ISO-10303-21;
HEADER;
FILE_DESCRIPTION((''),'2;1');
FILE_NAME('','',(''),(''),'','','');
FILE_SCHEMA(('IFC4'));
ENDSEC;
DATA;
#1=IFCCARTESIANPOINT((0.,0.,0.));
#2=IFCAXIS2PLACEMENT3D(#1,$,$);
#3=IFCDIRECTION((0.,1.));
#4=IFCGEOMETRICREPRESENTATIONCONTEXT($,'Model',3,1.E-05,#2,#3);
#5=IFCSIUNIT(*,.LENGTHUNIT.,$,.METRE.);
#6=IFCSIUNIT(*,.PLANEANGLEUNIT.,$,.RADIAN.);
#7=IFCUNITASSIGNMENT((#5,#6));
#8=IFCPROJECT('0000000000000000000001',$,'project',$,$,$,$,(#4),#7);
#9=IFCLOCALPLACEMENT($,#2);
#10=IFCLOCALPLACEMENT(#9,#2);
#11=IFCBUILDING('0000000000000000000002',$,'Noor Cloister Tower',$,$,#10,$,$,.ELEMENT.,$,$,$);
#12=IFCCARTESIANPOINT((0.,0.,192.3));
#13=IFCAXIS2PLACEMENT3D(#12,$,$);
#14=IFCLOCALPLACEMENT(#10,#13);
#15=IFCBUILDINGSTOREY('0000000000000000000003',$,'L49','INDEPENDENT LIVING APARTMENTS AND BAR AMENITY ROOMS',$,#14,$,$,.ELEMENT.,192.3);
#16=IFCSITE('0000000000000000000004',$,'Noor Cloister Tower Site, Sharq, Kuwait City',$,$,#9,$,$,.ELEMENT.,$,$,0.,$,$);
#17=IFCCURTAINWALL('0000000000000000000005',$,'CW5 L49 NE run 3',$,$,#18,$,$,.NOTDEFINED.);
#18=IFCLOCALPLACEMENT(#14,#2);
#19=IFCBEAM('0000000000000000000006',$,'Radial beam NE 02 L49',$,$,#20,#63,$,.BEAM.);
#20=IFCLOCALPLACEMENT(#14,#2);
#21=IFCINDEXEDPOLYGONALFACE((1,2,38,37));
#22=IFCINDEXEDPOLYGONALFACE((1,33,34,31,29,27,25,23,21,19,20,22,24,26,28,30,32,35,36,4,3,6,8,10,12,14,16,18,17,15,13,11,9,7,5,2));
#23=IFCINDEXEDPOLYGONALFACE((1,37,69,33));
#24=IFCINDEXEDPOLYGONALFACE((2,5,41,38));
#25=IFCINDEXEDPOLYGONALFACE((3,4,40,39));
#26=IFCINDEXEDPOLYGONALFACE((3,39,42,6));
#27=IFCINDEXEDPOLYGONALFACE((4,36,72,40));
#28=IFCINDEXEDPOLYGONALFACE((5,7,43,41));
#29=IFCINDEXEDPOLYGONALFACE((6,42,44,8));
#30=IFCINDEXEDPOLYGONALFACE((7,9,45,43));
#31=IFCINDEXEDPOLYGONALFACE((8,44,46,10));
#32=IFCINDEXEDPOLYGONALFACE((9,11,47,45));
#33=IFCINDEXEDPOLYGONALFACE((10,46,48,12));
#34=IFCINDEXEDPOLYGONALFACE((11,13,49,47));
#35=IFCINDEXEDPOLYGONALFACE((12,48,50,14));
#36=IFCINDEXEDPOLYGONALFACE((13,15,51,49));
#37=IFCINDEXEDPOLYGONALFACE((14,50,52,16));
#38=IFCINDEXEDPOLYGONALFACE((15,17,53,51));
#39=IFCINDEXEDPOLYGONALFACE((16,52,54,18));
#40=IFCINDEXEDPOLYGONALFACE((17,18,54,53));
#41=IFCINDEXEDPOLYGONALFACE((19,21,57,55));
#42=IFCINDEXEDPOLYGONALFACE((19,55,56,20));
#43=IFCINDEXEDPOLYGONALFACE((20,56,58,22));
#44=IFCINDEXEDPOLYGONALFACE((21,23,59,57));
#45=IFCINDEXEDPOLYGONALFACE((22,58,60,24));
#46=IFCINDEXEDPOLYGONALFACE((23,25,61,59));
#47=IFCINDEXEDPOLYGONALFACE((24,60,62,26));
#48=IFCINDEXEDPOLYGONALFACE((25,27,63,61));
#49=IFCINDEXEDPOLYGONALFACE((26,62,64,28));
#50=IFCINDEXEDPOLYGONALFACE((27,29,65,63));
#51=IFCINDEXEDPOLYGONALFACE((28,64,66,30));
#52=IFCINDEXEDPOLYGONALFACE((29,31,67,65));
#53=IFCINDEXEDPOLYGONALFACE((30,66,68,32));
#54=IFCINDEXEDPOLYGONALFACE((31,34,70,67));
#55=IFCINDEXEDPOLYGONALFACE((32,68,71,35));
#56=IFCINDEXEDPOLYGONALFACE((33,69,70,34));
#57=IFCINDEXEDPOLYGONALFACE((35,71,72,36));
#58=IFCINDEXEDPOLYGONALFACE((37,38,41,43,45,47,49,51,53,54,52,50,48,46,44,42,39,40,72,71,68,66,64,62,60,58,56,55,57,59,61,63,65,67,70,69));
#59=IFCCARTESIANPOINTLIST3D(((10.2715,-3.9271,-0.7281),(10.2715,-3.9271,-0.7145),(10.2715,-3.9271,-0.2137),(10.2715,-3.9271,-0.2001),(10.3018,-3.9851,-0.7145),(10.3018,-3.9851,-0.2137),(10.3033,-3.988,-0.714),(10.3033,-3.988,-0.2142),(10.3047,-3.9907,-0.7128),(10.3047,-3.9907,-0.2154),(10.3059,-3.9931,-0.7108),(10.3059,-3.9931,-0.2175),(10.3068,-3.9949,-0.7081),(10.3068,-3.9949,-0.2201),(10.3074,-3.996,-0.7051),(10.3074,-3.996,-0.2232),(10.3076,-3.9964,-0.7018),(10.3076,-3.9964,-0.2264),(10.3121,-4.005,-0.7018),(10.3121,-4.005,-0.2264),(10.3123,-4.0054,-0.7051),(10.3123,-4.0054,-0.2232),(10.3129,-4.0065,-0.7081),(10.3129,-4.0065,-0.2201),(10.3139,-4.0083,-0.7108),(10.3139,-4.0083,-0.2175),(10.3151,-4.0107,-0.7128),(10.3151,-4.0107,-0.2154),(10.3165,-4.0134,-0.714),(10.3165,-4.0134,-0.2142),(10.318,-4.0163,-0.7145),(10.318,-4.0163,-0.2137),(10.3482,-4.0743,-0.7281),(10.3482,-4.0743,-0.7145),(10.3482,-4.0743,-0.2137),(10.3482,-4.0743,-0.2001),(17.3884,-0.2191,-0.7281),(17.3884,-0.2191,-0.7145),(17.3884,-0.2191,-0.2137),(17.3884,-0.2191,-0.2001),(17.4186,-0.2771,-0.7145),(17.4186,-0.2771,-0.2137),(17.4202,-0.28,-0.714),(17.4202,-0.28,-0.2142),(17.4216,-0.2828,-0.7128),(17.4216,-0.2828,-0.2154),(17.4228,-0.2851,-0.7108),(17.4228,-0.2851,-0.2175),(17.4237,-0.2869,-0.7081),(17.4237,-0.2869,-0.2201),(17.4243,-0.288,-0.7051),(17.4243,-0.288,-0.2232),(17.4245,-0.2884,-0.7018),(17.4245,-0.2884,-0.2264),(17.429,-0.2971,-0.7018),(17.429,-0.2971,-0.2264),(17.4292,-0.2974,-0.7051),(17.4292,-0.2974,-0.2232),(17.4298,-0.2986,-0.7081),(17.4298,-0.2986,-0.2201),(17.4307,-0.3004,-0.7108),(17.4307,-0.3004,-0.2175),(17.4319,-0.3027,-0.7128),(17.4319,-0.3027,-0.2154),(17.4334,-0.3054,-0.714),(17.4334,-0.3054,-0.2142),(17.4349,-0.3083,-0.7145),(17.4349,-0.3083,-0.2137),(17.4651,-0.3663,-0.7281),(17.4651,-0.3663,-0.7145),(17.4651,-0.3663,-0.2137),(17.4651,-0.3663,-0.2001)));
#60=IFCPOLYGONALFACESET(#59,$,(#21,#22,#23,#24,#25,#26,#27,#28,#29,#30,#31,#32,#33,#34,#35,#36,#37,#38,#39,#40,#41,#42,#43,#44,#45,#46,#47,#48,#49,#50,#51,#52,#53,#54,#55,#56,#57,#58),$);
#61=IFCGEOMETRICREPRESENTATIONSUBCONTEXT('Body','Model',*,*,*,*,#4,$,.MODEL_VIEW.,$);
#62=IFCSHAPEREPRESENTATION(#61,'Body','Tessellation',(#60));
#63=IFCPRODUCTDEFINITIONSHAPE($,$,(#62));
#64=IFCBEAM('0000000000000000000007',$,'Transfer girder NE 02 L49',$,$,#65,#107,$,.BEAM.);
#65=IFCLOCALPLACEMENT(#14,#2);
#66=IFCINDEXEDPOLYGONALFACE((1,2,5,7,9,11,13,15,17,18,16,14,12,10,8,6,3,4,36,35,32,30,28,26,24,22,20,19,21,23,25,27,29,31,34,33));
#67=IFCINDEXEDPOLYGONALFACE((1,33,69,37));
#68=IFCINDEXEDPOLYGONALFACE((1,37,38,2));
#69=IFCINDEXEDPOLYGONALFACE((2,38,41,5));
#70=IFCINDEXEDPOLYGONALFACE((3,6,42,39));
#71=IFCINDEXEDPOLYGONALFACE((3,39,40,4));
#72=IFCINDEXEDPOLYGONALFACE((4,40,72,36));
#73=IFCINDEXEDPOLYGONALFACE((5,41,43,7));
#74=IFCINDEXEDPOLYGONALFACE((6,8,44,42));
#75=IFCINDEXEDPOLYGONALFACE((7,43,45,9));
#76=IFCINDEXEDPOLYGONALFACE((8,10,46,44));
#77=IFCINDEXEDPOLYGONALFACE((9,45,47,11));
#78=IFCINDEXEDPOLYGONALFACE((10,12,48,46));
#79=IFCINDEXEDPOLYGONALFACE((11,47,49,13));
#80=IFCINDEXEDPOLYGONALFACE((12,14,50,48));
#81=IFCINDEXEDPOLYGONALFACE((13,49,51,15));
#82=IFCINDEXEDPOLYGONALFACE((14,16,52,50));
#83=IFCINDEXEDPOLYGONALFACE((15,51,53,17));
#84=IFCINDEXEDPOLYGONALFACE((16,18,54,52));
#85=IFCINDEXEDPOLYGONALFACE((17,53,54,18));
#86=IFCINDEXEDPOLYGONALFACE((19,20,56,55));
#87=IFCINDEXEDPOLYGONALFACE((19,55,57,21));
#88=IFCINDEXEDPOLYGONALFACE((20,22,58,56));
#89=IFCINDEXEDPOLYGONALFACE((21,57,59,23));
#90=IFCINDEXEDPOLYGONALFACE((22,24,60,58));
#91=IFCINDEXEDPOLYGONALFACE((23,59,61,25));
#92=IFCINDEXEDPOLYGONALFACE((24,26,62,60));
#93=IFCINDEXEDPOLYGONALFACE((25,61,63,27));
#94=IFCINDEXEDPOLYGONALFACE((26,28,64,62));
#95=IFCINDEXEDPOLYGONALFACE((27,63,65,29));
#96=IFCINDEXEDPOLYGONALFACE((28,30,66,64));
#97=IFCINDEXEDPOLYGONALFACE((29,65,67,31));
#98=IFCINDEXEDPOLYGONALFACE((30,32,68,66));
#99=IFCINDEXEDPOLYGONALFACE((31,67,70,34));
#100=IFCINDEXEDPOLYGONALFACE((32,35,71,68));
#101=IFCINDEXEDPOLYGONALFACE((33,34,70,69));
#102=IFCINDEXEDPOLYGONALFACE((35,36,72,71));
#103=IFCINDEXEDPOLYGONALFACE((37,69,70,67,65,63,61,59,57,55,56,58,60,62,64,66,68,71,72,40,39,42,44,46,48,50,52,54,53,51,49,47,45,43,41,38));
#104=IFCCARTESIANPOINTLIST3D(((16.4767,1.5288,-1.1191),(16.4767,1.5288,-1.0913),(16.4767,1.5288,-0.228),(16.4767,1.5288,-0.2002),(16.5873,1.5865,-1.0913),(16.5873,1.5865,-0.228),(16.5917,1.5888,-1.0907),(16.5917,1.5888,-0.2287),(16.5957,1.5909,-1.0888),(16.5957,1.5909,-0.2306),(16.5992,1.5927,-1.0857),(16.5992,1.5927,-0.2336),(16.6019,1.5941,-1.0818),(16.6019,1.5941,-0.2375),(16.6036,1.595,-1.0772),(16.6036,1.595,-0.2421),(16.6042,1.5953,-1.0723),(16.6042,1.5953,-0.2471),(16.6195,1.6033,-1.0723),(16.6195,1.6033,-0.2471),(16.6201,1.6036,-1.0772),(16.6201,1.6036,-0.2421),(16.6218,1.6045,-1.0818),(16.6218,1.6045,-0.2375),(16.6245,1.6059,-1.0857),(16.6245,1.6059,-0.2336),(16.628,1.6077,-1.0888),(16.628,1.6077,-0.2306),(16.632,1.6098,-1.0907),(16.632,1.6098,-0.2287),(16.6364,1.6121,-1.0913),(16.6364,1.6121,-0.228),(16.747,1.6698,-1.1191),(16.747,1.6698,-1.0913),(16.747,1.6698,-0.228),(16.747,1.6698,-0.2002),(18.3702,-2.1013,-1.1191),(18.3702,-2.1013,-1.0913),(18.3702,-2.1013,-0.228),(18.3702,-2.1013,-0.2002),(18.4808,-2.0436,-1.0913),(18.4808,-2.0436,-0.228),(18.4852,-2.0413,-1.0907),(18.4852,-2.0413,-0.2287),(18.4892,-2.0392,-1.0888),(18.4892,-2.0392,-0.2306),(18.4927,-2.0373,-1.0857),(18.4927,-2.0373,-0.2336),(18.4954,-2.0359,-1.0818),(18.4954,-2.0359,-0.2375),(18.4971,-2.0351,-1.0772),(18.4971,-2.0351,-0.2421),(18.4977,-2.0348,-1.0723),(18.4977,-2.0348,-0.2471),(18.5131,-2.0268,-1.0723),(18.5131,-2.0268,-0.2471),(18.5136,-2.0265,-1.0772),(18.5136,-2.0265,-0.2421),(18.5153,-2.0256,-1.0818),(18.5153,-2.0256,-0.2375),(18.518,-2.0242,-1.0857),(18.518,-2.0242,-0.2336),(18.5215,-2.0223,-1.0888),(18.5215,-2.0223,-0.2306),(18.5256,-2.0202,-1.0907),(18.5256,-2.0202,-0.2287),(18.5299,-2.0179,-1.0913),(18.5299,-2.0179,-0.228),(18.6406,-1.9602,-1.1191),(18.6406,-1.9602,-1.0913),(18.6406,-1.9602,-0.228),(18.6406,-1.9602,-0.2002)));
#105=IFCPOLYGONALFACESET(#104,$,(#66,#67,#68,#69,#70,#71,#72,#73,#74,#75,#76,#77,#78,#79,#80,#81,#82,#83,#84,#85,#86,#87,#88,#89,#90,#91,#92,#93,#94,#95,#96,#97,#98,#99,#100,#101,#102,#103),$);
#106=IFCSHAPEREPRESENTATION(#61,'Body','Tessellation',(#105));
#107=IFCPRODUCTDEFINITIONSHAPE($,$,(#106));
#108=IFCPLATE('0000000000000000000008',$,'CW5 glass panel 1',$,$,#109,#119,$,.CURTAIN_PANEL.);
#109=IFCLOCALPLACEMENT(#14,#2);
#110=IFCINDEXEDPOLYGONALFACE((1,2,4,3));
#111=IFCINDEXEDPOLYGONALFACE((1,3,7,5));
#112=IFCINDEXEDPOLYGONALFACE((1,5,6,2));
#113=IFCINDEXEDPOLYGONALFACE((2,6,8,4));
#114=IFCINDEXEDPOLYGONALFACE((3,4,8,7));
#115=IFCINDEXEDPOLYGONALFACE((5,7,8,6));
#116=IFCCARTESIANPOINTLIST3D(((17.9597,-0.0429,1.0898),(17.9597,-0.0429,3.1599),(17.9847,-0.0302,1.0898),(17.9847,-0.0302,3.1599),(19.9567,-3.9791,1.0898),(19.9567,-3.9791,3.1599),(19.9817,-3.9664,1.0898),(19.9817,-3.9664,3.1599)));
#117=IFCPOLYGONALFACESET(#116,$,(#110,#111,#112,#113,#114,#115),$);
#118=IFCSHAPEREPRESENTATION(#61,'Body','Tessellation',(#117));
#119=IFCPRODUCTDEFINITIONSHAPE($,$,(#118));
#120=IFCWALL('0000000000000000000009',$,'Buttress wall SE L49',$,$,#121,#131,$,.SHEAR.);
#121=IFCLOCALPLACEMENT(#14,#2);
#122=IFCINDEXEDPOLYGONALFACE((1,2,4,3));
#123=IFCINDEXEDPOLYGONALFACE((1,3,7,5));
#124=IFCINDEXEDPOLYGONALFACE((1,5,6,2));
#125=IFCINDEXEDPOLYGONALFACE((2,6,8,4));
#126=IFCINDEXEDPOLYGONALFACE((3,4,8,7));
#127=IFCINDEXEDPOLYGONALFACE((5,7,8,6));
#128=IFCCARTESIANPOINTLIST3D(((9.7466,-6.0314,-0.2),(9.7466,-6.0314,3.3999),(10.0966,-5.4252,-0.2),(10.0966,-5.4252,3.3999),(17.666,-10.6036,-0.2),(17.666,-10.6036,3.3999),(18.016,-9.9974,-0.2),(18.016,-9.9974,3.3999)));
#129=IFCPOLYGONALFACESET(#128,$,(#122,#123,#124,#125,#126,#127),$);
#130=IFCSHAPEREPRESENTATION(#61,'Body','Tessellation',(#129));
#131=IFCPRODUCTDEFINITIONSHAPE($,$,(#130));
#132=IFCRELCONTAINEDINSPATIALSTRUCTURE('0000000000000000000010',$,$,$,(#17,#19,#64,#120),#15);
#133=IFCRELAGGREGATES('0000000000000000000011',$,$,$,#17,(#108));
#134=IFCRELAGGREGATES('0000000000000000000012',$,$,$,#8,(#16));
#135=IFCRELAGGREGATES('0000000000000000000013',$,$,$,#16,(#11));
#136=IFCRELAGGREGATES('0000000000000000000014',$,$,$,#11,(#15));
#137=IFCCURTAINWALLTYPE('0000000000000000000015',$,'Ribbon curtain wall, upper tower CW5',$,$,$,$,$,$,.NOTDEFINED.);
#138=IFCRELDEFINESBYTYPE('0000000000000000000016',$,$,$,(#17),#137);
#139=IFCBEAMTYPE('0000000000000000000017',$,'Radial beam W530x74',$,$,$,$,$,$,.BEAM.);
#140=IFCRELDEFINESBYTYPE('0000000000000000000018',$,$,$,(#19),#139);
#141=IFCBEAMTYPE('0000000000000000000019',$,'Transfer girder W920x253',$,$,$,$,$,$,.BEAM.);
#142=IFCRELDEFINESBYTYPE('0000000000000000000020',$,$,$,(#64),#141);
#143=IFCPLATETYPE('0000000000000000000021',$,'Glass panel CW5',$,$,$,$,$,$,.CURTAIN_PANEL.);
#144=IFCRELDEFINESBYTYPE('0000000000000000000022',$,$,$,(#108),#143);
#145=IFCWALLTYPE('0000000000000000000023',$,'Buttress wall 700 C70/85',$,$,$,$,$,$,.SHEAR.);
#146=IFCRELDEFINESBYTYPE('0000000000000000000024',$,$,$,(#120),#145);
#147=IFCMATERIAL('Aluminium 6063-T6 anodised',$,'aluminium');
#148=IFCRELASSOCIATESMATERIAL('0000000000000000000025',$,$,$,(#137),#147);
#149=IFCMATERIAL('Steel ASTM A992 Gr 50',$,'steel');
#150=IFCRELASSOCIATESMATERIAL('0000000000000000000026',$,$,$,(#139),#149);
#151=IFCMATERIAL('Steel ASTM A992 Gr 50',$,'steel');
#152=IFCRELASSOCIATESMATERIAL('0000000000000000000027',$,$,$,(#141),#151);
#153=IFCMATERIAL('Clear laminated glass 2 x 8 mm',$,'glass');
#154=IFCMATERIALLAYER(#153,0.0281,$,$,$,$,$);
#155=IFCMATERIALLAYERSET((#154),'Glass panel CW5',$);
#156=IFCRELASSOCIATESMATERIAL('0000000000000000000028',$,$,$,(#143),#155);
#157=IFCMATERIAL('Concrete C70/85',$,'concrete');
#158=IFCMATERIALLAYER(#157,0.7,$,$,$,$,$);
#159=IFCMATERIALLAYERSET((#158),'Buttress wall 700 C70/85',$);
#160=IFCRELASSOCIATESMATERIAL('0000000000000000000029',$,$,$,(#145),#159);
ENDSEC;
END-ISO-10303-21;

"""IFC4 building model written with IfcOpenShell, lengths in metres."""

from ifc_helpers import new_model, si_unit, direction, frame, frame_2d, origin, origin_2d, place, context, subcontext, project, spatial, rectangle, i_section, extrude, material, layer, layer_set, material_profile, profile_set, type_object, element, aggregate, save


model = new_model("IFC4")

# Units and contexts
model_context = context("Model", 3, precision=1e-05, world=origin(), true_north=direction((0.0, 1.0)))
body_context = subcontext(model_context, "Body", "Model", "MODEL_VIEW")
ifc_project = project(units=[si_unit("LENGTHUNIT", "METRE"), si_unit("PLANEANGLEUNIT", "RADIAN")], contexts=[model_context])

# Site, building, storey
site_placement = place(None, origin())
site = spatial("IfcSite", under=ifc_project, at=site_placement, Name="Noor Cloister Tower Site, Sharq, Kuwait City", CompositionType="ELEMENT", RefElevation=0.0)
building_placement = place(site_placement, origin())
building = spatial("IfcBuilding", under=site, at=building_placement, Name="Noor Cloister Tower", CompositionType="ELEMENT")
storey_placement = place(building_placement, frame((0.0, 0.0, 192.3)))
storey = spatial("IfcBuildingStorey", under=building, at=storey_placement, Name="L49", Description="INDEPENDENT LIVING APARTMENTS AND BAR AMENITY ROOMS", CompositionType="ELEMENT", Elevation=192.3)

# Curtain wall
ifc_material_1 = material(Name="Aluminium 6063-T6 anodised", Category="aluminium")
curtain_wall_type = type_object("IfcCurtainWallType", Name="Ribbon curtain wall, upper tower CW5", PredefinedType="NOTDEFINED", material=ifc_material_1)
curtain_wall_placement = place(storey_placement, origin())
curtain_wall = element("IfcCurtainWall", 1, at=curtain_wall_placement, inside=storey, type_object=curtain_wall_type, Name="CW5 L49 NE run 3", PredefinedType="NOTDEFINED")

# Beams
ifc_material_2 = material(Name="Steel ASTM A992 Gr 50", Category="steel")
ifc_material_profile_1 = material_profile(ifc_material_2, i_section(OverallWidth=0.166, OverallDepth=0.5281, WebThickness=0.0098, FlangeThickness=0.0137, FilletRadius=0.0127, at=origin_2d()), Name="W530x74")
ifc_profile_set_1 = profile_set([ifc_material_profile_1], Name="Steel ASTM A992 Gr 50")
beam_type_1 = type_object("IfcBeamType", Name="Radial beam W530x74", PredefinedType="BEAM", material=ifc_profile_set_1)
beam_1_placement = place(storey_placement, frame((17.4268, -0.2927, -0.4641), z_axis=(-0.886849, -0.462059, 0.0), x_axis=(0.462059, -0.886849, 0.0)))
element("IfcBeam", 2, at=beam_1_placement, inside=storey, type_object=beam_type_1, Name="Radial beam NE 02 L49", PredefinedType="BEAM", context=body_context, shape_type="SweptSolid", body=[
    extrude(i_section(OverallWidth=0.166, OverallDepth=0.5281, WebThickness=0.0098, FlangeThickness=0.0137, FilletRadius=0.0127, at=origin_2d()), origin(), (0.0, 0.0, 1.0), 8.0249),
])
ifc_material_3 = material(Name="Steel ASTM A992 Gr 50", Category="steel")
ifc_material_profile_2 = material_profile(ifc_material_3, i_section(OverallWidth=0.3049, OverallDepth=0.9189, WebThickness=0.0173, FlangeThickness=0.0278, FilletRadius=0.019, at=origin_2d()), Name="W920x253")
ifc_profile_set_2 = profile_set([ifc_material_profile_2], Name="Steel ASTM A992 Gr 50")
beam_type_2 = type_object("IfcBeamType", Name="Transfer girder W920x253", PredefinedType="BEAM", material=ifc_profile_set_2)
beam_2_placement = place(storey_placement, frame((18.5054, -2.0308, -0.6597), z_axis=(-0.462484, 0.886627, 0.0), x_axis=(-0.886627, -0.462484, 0.0)))
element("IfcBeam", 3, at=beam_2_placement, inside=storey, type_object=beam_type_2, Name="Transfer girder NE 02 L49", PredefinedType="BEAM", context=body_context, shape_type="SweptSolid", body=[
    extrude(i_section(OverallWidth=0.3049, OverallDepth=0.9189, WebThickness=0.0173, FlangeThickness=0.0278, FilletRadius=0.019, at=origin_2d()), origin(), (0.0, 0.0, 1.0), 4.0942),
])

# Plate
ifc_material_4 = material(Name="Clear laminated glass 2 x 8 mm", Category="glass")
ifc_layer_1 = layer(ifc_material_4, 0.0281)
ifc_layer_set_1 = layer_set([ifc_layer_1], Name="Glass panel CW5")
plate_type = type_object("IfcPlateType", Name="Glass panel CW5", PredefinedType="CURTAIN_PANEL", material=ifc_layer_set_1)
plate_placement = place(storey_placement, frame((18.9707, -2.0046, 1.0898), z_axis=(0.0, 0.0, 1.0), x_axis=(-0.452439, 0.891795, 0.0)))
plate = element("IfcPlate", 4, at=plate_placement, type_object=plate_type, Name="CW5 glass panel 1", PredefinedType="CURTAIN_PANEL", context=body_context, shape_type="SweptSolid", body=[
    extrude(rectangle(XDim=4.4138, YDim=0.0281, at=origin_2d()), origin(), (0.0, 0.0, 1.0), 2.0701),
])
aggregate(curtain_wall, [plate])

# Wall
ifc_material_5 = material(Name="Concrete C70/85", Category="concrete")
ifc_layer_2 = layer(ifc_material_5, 0.7)
ifc_layer_set_2 = layer_set([ifc_layer_2], Name="Buttress wall 700 C70/85")
wall_type_1 = type_object("IfcWallType", Name="Buttress wall 700 C70/85", PredefinedType="SHEAR", material=ifc_layer_set_2)
wall_1_placement = place(storey_placement, frame((9.9216, -5.7283, -0.2), z_axis=(0.0, 0.0, 1.0), x_axis=(0.866026, -0.499998, 0.0)))
element("IfcWall", 5, at=wall_1_placement, inside=storey, type_object=wall_type_1, Name="Buttress wall SE L49", PredefinedType="SHEAR", context=body_context, shape_type="SweptSolid", body=[
    extrude(rectangle(XDim=9.1445, YDim=0.7, at=frame_2d((4.5723, 0.0))), origin(), (0.0, 0.0, 1.0), 3.5999),
])

save(model, "model.ifc")
